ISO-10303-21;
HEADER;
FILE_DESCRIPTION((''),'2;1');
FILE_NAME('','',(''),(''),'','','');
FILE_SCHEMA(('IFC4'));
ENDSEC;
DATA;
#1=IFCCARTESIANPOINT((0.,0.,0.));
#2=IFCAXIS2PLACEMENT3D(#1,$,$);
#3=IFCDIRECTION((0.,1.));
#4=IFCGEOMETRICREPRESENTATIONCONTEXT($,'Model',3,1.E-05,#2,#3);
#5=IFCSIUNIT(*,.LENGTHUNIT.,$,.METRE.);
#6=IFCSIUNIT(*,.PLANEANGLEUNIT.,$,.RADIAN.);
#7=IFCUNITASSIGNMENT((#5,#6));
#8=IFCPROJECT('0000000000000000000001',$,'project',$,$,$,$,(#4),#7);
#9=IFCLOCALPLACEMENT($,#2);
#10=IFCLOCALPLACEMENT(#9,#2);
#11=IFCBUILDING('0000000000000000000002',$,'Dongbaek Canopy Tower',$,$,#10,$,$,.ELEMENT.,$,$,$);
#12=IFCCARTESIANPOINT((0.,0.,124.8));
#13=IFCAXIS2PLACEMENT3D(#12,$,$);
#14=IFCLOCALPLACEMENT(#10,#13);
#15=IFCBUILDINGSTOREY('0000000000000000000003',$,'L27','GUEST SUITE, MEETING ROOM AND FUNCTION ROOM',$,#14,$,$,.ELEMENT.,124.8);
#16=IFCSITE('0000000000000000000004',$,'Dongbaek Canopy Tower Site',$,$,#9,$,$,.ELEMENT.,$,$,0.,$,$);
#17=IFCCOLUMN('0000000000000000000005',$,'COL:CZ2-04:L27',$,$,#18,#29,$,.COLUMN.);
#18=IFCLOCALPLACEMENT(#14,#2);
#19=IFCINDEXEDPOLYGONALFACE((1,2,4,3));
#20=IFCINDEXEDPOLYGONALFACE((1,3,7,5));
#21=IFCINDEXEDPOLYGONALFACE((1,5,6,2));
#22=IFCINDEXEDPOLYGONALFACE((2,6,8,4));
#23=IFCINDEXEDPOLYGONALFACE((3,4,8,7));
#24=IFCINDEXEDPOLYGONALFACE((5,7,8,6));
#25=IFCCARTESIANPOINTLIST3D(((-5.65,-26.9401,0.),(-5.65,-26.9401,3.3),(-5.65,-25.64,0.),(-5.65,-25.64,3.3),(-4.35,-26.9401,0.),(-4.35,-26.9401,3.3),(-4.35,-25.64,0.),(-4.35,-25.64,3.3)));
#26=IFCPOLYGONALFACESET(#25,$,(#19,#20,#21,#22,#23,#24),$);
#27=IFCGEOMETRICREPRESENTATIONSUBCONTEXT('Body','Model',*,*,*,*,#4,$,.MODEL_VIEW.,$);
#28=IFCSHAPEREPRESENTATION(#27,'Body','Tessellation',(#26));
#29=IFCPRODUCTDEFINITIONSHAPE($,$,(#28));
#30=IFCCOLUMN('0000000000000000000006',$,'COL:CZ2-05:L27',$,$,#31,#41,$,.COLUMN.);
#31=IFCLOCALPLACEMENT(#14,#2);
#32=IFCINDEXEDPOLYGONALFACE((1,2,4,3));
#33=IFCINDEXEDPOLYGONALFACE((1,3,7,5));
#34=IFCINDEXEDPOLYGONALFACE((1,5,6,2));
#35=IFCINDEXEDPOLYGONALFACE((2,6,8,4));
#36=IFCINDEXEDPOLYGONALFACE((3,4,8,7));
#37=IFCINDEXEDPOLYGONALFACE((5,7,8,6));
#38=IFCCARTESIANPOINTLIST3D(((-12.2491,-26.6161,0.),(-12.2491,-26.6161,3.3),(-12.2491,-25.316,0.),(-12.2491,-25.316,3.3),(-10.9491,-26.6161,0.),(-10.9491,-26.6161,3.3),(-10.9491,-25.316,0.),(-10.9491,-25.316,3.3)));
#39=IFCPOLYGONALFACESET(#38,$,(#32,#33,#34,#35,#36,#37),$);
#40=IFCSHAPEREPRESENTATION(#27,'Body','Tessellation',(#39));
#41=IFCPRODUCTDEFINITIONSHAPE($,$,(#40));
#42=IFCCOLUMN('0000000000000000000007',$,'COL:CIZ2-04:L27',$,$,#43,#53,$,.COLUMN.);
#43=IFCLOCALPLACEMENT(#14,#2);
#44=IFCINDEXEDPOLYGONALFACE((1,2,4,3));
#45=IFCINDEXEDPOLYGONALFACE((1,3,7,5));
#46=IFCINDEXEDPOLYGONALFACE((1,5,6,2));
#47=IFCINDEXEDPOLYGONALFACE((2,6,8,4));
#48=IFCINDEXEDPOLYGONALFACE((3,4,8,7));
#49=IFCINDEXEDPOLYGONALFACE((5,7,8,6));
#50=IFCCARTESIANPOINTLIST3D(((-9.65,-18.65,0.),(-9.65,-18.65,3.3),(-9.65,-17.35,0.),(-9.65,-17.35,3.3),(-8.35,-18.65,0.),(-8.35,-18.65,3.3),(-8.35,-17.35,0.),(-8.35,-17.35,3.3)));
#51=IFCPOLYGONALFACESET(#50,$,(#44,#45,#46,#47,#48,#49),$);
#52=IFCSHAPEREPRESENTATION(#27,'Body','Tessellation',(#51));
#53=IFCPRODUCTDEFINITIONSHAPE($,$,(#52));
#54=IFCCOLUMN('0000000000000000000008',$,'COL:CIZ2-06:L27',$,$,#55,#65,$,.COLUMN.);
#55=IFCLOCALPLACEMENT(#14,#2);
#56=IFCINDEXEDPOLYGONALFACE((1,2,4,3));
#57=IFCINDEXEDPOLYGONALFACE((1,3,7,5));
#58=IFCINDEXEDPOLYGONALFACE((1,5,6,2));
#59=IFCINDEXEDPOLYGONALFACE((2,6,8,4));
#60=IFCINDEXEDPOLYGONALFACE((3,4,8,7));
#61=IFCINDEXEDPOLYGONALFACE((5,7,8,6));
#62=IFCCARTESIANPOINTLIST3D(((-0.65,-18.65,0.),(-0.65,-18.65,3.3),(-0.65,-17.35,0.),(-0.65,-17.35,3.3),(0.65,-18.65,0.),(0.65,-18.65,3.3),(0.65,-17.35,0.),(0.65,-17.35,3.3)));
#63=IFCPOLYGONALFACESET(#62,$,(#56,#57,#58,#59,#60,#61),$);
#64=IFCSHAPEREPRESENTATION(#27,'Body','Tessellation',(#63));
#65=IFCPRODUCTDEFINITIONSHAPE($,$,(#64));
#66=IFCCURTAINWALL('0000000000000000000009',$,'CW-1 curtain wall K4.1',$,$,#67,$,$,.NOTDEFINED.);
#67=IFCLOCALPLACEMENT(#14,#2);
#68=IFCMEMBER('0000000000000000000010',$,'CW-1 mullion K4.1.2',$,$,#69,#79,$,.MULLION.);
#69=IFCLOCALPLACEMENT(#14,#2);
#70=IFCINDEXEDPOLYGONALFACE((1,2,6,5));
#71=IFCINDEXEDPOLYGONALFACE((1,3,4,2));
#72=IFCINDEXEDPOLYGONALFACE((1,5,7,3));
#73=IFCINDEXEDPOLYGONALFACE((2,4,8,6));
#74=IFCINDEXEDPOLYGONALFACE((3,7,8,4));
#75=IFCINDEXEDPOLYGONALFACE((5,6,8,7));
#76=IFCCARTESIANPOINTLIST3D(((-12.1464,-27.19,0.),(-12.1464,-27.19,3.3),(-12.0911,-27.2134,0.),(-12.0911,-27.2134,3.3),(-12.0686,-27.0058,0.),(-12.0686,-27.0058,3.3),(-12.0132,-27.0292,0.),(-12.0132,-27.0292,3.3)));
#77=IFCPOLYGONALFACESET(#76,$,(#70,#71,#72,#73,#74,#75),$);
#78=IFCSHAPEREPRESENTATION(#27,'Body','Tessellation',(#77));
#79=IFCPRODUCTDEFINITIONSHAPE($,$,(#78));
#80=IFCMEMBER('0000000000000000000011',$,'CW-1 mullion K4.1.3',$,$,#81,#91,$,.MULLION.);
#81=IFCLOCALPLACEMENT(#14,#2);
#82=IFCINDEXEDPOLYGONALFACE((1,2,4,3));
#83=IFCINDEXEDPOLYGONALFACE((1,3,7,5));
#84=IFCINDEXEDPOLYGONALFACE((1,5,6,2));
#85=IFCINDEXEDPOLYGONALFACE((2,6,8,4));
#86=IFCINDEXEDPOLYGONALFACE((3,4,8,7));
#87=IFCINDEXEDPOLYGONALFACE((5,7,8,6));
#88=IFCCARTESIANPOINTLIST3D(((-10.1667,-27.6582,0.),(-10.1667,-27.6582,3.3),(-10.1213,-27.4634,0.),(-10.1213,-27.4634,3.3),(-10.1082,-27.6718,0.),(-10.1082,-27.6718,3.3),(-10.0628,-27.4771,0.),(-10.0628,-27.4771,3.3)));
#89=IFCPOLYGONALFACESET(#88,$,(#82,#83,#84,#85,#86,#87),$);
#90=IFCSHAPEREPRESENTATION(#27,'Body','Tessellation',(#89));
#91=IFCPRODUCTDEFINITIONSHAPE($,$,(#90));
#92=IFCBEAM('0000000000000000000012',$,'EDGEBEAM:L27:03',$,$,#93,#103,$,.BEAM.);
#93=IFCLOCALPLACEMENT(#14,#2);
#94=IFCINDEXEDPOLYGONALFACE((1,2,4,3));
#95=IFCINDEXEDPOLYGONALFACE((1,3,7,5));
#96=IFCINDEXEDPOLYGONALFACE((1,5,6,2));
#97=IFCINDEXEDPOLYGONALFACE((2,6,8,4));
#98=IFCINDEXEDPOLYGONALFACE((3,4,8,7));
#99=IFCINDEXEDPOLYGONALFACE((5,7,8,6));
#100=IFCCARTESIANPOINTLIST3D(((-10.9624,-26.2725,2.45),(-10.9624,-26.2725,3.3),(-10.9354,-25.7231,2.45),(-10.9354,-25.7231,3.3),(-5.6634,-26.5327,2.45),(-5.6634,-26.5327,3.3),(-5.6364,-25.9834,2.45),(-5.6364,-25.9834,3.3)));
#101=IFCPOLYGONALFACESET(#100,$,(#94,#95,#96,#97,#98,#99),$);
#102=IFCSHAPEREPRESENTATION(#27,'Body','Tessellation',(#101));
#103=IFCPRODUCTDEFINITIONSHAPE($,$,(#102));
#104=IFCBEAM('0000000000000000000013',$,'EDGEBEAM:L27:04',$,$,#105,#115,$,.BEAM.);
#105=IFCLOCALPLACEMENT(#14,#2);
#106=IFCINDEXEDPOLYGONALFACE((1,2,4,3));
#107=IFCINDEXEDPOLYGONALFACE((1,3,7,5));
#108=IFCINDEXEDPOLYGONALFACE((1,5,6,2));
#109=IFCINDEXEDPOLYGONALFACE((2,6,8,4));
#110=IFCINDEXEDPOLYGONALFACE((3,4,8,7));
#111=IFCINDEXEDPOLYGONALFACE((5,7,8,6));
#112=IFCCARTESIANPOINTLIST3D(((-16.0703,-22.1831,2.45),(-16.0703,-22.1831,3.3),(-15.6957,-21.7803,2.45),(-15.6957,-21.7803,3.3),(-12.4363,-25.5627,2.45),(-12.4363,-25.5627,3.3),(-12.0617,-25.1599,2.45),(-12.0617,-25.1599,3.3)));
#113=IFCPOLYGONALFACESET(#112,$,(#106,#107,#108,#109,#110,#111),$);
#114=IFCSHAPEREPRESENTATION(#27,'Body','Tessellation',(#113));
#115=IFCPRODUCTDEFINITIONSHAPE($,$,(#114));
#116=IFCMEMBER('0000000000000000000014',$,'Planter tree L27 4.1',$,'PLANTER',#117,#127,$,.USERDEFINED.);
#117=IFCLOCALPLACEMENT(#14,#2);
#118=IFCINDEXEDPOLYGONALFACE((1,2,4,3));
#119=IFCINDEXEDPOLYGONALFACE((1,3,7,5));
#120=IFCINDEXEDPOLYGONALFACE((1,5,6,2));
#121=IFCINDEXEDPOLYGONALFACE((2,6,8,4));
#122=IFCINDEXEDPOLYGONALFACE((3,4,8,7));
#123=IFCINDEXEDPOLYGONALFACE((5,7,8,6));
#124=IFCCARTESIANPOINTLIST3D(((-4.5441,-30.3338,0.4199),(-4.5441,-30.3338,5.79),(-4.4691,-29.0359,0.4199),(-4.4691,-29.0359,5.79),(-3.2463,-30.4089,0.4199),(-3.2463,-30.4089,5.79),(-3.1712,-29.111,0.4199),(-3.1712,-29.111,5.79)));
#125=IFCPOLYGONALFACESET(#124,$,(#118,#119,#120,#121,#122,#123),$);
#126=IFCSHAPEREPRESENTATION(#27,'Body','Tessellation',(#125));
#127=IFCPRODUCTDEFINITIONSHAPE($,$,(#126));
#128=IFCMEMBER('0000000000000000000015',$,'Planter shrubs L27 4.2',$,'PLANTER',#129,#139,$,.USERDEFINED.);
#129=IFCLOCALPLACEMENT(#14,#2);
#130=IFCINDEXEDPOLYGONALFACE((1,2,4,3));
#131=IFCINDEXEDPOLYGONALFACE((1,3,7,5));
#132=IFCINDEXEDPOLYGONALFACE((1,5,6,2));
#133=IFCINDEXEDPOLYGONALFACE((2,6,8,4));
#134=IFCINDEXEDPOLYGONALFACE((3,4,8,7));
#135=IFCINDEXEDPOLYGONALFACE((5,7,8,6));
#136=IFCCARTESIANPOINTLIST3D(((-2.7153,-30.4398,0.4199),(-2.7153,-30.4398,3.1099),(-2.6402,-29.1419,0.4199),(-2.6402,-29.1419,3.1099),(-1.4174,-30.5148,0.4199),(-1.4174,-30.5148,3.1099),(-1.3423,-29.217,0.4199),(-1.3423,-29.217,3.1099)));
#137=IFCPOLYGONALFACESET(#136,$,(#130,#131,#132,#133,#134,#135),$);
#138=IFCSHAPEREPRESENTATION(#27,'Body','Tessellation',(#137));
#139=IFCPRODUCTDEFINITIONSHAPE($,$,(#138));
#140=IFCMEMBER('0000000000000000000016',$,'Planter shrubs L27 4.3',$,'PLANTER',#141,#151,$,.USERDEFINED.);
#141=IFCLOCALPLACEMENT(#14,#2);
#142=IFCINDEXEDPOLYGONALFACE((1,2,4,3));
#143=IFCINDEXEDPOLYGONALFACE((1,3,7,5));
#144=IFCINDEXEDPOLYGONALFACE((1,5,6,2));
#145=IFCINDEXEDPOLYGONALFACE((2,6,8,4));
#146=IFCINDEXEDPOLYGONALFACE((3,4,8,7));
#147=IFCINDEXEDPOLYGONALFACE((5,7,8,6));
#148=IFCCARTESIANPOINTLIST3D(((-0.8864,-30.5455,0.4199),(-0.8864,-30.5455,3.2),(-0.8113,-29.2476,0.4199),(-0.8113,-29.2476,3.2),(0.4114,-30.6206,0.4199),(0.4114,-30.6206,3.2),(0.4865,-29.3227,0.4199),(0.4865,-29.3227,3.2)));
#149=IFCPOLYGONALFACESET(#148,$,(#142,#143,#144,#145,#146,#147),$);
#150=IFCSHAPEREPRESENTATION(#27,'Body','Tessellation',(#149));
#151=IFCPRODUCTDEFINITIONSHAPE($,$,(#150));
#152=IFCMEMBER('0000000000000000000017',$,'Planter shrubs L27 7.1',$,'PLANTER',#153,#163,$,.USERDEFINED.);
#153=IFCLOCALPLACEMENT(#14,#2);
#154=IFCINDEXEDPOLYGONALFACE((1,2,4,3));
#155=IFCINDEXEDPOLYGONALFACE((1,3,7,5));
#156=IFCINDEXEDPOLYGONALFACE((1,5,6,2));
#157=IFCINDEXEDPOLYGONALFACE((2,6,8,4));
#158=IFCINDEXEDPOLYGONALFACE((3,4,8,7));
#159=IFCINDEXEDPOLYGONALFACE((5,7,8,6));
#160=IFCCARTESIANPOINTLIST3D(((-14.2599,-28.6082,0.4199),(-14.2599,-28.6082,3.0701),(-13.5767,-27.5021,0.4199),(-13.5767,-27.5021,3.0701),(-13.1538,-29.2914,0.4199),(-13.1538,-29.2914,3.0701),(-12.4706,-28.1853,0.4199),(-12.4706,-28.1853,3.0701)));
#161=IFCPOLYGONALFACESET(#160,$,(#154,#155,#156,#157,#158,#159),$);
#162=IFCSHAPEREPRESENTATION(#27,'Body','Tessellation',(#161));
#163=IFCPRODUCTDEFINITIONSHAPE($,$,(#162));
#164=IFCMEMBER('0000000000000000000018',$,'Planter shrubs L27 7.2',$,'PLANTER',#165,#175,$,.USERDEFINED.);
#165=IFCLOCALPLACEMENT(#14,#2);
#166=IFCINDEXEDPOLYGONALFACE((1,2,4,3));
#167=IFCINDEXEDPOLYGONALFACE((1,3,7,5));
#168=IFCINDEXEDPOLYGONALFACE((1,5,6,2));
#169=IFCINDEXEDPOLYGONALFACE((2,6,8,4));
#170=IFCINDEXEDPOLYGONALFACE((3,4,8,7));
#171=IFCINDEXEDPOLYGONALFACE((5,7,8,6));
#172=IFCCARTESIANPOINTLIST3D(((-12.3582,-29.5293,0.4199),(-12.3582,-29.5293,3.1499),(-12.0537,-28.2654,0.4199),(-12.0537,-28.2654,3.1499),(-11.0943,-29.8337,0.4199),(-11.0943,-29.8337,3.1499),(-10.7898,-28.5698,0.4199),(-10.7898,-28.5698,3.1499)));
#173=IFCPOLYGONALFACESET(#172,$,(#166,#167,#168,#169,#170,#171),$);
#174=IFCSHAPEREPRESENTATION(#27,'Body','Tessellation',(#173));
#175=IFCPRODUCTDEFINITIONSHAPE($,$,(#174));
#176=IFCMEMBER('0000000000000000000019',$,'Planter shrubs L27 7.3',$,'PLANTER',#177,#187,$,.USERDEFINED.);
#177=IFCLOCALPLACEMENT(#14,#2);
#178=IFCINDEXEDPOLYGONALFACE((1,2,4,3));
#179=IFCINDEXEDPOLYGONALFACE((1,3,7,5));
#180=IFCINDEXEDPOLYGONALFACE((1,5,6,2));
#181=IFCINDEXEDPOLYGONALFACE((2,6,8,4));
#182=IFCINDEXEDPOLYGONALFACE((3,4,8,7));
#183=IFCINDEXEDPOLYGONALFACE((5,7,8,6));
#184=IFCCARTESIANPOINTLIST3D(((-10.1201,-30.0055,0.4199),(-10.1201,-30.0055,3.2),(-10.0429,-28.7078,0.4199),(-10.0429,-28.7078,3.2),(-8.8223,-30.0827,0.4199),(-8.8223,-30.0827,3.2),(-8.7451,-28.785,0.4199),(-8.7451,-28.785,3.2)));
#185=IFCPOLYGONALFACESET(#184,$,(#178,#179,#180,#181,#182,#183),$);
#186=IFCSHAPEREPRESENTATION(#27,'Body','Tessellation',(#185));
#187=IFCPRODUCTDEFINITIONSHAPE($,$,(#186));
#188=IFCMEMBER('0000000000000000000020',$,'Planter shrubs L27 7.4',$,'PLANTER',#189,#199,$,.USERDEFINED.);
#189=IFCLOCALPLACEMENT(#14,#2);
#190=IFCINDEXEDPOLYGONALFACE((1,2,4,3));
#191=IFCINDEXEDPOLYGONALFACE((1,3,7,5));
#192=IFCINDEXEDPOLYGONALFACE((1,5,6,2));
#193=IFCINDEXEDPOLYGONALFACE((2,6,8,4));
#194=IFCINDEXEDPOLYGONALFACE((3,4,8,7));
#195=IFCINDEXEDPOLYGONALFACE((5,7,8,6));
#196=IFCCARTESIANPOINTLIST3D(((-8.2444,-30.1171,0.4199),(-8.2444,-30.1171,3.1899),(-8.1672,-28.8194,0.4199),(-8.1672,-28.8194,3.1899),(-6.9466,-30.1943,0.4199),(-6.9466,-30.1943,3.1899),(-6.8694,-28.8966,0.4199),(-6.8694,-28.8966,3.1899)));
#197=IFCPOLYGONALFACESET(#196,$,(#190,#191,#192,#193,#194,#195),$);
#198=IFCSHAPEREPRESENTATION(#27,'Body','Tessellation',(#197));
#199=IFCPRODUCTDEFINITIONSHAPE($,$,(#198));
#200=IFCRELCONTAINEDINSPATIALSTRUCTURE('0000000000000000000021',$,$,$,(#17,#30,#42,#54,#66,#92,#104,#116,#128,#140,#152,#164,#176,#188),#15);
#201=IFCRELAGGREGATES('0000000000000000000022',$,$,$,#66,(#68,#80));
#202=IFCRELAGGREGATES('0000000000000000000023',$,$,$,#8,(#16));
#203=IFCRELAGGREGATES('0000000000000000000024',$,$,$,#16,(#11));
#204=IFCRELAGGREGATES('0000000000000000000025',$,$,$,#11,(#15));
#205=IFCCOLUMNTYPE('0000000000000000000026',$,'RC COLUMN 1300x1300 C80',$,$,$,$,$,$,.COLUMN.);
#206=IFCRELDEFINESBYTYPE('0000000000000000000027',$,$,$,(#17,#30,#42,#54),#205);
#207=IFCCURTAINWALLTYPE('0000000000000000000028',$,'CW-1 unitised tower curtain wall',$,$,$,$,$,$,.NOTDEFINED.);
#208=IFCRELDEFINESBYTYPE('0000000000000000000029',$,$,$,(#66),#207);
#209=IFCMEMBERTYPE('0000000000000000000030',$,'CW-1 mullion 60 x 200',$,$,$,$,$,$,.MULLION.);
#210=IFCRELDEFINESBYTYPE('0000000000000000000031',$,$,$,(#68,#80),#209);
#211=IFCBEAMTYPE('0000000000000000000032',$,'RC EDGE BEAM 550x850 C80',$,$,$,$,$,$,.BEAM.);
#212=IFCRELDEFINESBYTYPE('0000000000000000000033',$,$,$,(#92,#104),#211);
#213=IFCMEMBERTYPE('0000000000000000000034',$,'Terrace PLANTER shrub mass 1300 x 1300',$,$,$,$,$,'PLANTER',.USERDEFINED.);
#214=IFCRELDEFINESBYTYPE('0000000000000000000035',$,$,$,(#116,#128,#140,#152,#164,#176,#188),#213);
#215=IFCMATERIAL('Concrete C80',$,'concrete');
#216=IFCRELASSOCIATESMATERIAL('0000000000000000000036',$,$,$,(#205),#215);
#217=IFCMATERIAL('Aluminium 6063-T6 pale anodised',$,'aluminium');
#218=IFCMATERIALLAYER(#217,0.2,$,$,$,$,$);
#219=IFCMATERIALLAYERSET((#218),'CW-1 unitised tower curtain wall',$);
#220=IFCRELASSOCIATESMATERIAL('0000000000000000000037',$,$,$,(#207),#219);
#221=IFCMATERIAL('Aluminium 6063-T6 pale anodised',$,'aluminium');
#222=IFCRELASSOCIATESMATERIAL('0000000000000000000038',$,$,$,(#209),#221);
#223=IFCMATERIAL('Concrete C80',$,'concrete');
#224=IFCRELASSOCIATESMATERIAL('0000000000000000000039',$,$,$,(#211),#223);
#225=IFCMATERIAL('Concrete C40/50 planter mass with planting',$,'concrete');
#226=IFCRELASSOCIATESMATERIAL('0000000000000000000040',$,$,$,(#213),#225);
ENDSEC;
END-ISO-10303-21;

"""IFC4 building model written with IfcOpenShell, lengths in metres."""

from ifc_helpers import new_model, si_unit, direction, frame, origin, origin_2d, place, context, subcontext, project, spatial, rectangle, extrude, material, layer, layer_set, material_profile, profile_set, type_object, element, aggregate, save


model = new_model("IFC4")

# Units and contexts
model_context = context("Model", 3, precision=1e-05, world=origin(), true_north=direction((0.0, 1.0)))
body_context = subcontext(model_context, "Body", "Model", "MODEL_VIEW")
ifc_project = project(units=[si_unit("LENGTHUNIT", "METRE"), si_unit("PLANEANGLEUNIT", "RADIAN")], contexts=[model_context])

# Site, building, storey
site_placement = place(None, origin())
site = spatial("IfcSite", under=ifc_project, at=site_placement, Name="Dongbaek Canopy Tower Site", CompositionType="ELEMENT", RefElevation=0.0)
building_placement = place(site_placement, origin())
building = spatial("IfcBuilding", under=site, at=building_placement, Name="Dongbaek Canopy Tower", CompositionType="ELEMENT")
storey_placement = place(building_placement, frame((0.0, 0.0, 124.8)))
storey = spatial("IfcBuildingStorey", under=building, at=storey_placement, Name="L27", Description="GUEST SUITE, MEETING ROOM AND FUNCTION ROOM", CompositionType="ELEMENT", Elevation=124.8)

# Columns
ifc_material_1 = material(Name="Concrete C80", Category="concrete")
ifc_material_profile_1 = material_profile(ifc_material_1, rectangle(XDim=1.3, YDim=1.3, at=origin_2d()), Name="RC COLUMN 1300x1300 C80")
ifc_profile_set_1 = profile_set([ifc_material_profile_1], Name="Concrete C80")
column_type = type_object("IfcColumnType", Name="RC COLUMN 1300x1300 C80", PredefinedType="COLUMN", material=ifc_profile_set_1)
for number, where, z_axis, x_axis, name in (
    (1, (-5.0, -26.29, 0.0), (0.0, 0.0, 1.0), (1.0, 0.0, 0.0), "COL:CZ2-04:L27"),
    (2, (-11.5991, -25.9661, 0.0), (0.0, 0.0, 1.0), (1.0, 0.0, 0.0), "COL:CZ2-05:L27"),
    (3, (-9.0, -18.0, 0.0), (0.0, 0.0, 1.0), (1.0, 0.0, 0.0), "COL:CIZ2-04:L27"),
    (4, (0.0, -18.0, 0.0), (0.0, 0.0, 1.0), (1.0, 0.0, 0.0), "COL:CIZ2-06:L27"),
):
    element("IfcColumn", number, at=place(storey_placement, frame(where, z_axis=z_axis, x_axis=x_axis)), inside=storey, type_object=column_type, Name=name, PredefinedType="COLUMN", context=body_context, shape_type="SweptSolid", body=[
        extrude(rectangle(XDim=1.3, YDim=1.3, at=origin_2d()), origin(), (0.0, 0.0, 1.0), 3.3),
    ])

# Curtain wall, members
ifc_material_2 = material(Name="Aluminium 6063-T6 pale anodised", Category="aluminium")
ifc_layer_1 = layer(ifc_material_2, 0.2)
ifc_layer_set_1 = layer_set([ifc_layer_1], Name="CW-1 unitised tower curtain wall")
curtain_wall_type = type_object("IfcCurtainWallType", Name="CW-1 unitised tower curtain wall", PredefinedType="NOTDEFINED", material=ifc_layer_set_1)
curtain_wall_placement = place(storey_placement, origin())
curtain_wall = element("IfcCurtainWall", 5, at=curtain_wall_placement, inside=storey, type_object=curtain_wall_type, Name="CW-1 curtain wall K4.1", PredefinedType="NOTDEFINED")
ifc_material_3 = material(Name="Aluminium 6063-T6 pale anodised", Category="aluminium")
ifc_material_profile_2 = material_profile(ifc_material_3, rectangle(XDim=0.2, YDim=0.0601, at=origin_2d()), Name="CW-1 mullion 60 x 200")
ifc_profile_set_2 = profile_set([ifc_material_profile_2], Name="Aluminium 6063-T6 pale anodised")
member_type_1 = type_object("IfcMemberType", Name="CW-1 mullion 60 x 200", PredefinedType="MULLION", material=ifc_profile_set_2)
member_1_placement = place(storey_placement, frame((-12.0798, -27.1096, 0.0), z_axis=(0.0, 0.0, 1.0), x_axis=(-0.389455, -0.921046, 0.0)))
member_1 = element("IfcMember", 6, at=member_1_placement, type_object=member_type_1, Name="CW-1 mullion K4.1.2", PredefinedType="MULLION", context=body_context, shape_type="SweptSolid", body=[
    extrude(rectangle(XDim=0.2, YDim=0.0601, at=origin_2d()), origin(), (0.0, 0.0, 1.0), 3.3),
])
member_2_placement = place(storey_placement, frame((-10.1147, -27.5676, 0.0), z_axis=(0.0, 0.0, 1.0), x_axis=(-0.226919, -0.973914, 0.0)))
member_2 = element("IfcMember", 7, at=member_2_placement, type_object=member_type_1, Name="CW-1 mullion K4.1.3", PredefinedType="MULLION", context=body_context, shape_type="SweptSolid", body=[
    extrude(rectangle(XDim=0.2, YDim=0.0601, at=origin_2d()), origin(), (0.0, 0.0, 1.0), 3.3),
])

# Beams
ifc_material_4 = material(Name="Concrete C80", Category="concrete")
ifc_material_profile_3 = material_profile(ifc_material_4, rectangle(XDim=0.55, YDim=0.8501, at=origin_2d()), Name="RC EDGE BEAM 550x850 C80")
ifc_profile_set_3 = profile_set([ifc_material_profile_3], Name="Concrete C80")
beam_type = type_object("IfcBeamType", Name="RC EDGE BEAM 550x850 C80", PredefinedType="BEAM", material=ifc_profile_set_3)
beam_1_placement = place(storey_placement, frame((-5.6499, -26.2581, 2.875), z_axis=(-0.998796, 0.049054, 0.0), x_axis=(-0.049054, -0.998796, 0.0)))
element("IfcBeam", 8, at=beam_1_placement, inside=storey, type_object=beam_type, Name="EDGEBEAM:L27:03", PredefinedType="BEAM", context=body_context, shape_type="SweptSolid", body=[
    extrude(rectangle(XDim=0.55, YDim=0.8501, at=origin_2d()), origin(), (0.0, 0.0, 1.0), 5.3054),
])
beam_2_placement = place(storey_placement, frame((-12.249, -25.3613, 2.875), z_axis=(-0.732273, 0.681011, 0.0), x_axis=(-0.681011, -0.732273, 0.0)))
element("IfcBeam", 9, at=beam_2_placement, inside=storey, type_object=beam_type, Name="EDGEBEAM:L27:04", PredefinedType="BEAM", context=body_context, shape_type="SweptSolid", body=[
    extrude(rectangle(XDim=0.55, YDim=0.8501, at=origin_2d()), origin(), (0.0, 0.0, 1.0), 4.9626),
])

# Members
ifc_material_5 = material(Name="Concrete C40/50 planter mass with planting", Category="concrete")
ifc_material_profile_4 = material_profile(ifc_material_5, rectangle(XDim=1.3, YDim=1.3, at=origin_2d()), Name="Terrace PLANTER shrub mass 1300 x 1300")
ifc_profile_set_4 = profile_set([ifc_material_profile_4], Name="Concrete C40/50 planter mass with planting")
member_type_2 = type_object("IfcMemberType", Name="Terrace PLANTER shrub mass 1300 x 1300", ElementType="PLANTER", PredefinedType="USERDEFINED", material=ifc_profile_set_4)
member_3_placement = place(storey_placement, frame((-3.8577, -29.7224, 0.4199), z_axis=(0.0, 0.0, 1.0), x_axis=(-0.057753, -0.998331, 0.0)))
element("IfcMember", 10, at=member_3_placement, inside=storey, type_object=member_type_2, Name="Planter tree L27 4.1", ObjectType="PLANTER", PredefinedType="USERDEFINED", context=body_context, shape_type="SweptSolid", body=[
    extrude(rectangle(XDim=1.3, YDim=1.3, at=origin_2d()), origin(), (0.0, 0.0, 1.0), 5.3701),
])
member_4_placement = place(storey_placement, frame((-2.0288, -29.8284, 0.4199), z_axis=(0.0, 0.0, 1.0), x_axis=(-0.057753, -0.998331, 0.0)))
element("IfcMember", 11, at=member_4_placement, inside=storey, type_object=member_type_2, Name="Planter shrubs L27 4.2", ObjectType="PLANTER", PredefinedType="USERDEFINED", context=body_context, shape_type="SweptSolid", body=[
    extrude(rectangle(XDim=1.3, YDim=1.3, at=origin_2d()), origin(), (0.0, 0.0, 1.0), 2.6899),
])
member_5_placement = place(storey_placement, frame((-0.2, -29.9341, 0.4199), z_axis=(0.0, 0.0, 1.0), x_axis=(-0.057753, -0.998331, 0.0)))
element("IfcMember", 12, at=member_5_placement, inside=storey, type_object=member_type_2, Name="Planter shrubs L27 4.3", ObjectType="PLANTER", PredefinedType="USERDEFINED", context=body_context, shape_type="SweptSolid", body=[
    extrude(rectangle(XDim=1.3, YDim=1.3, at=origin_2d()), origin(), (0.0, 0.0, 1.0), 2.78),
])
member_6_placement = place(storey_placement, frame((-13.3652, -28.3967, 0.4199), z_axis=(0.0, 0.0, 1.0), x_axis=(-0.525496, -0.850796, 0.0)))
element("IfcMember", 13, at=member_6_placement, inside=storey, type_object=member_type_2, Name="Planter shrubs L27 7.1", ObjectType="PLANTER", PredefinedType="USERDEFINED", context=body_context, shape_type="SweptSolid", body=[
    extrude(rectangle(XDim=1.3, YDim=1.3, at=origin_2d()), origin(), (0.0, 0.0, 1.0), 2.6501),
])
member_7_placement = place(storey_placement, frame((-11.574, -29.0496, 0.4199), z_axis=(0.0, 0.0, 1.0), x_axis=(-0.234191, -0.972191, 0.0)))
element("IfcMember", 14, at=member_7_placement, inside=storey, type_object=member_type_2, Name="Planter shrubs L27 7.2", ObjectType="PLANTER", PredefinedType="USERDEFINED", context=body_context, shape_type="SweptSolid", body=[
    extrude(rectangle(XDim=1.3, YDim=1.3, at=origin_2d()), origin(), (0.0, 0.0, 1.0), 2.73),
])
member_8_placement = place(storey_placement, frame((-9.4326, -29.3953, 0.4199), z_axis=(0.0, 0.0, 1.0), x_axis=(-0.059395, -0.998235, 0.0)))
element("IfcMember", 15, at=member_8_placement, inside=storey, type_object=member_type_2, Name="Planter shrubs L27 7.3", ObjectType="PLANTER", PredefinedType="USERDEFINED", context=body_context, shape_type="SweptSolid", body=[
    extrude(rectangle(XDim=1.3, YDim=1.3, at=origin_2d()), origin(), (0.0, 0.0, 1.0), 2.78),
])
member_9_placement = place(storey_placement, frame((-7.5569, -29.5068, 0.4199), z_axis=(0.0, 0.0, 1.0), x_axis=(-0.059395, -0.998235, 0.0)))
element("IfcMember", 16, at=member_9_placement, inside=storey, type_object=member_type_2, Name="Planter shrubs L27 7.4", ObjectType="PLANTER", PredefinedType="USERDEFINED", context=body_context, shape_type="SweptSolid", body=[
    extrude(rectangle(XDim=1.3, YDim=1.3, at=origin_2d()), origin(), (0.0, 0.0, 1.0), 2.77),
])

aggregate(curtain_wall, [member_1, member_2])

save(model, "model.ifc")
